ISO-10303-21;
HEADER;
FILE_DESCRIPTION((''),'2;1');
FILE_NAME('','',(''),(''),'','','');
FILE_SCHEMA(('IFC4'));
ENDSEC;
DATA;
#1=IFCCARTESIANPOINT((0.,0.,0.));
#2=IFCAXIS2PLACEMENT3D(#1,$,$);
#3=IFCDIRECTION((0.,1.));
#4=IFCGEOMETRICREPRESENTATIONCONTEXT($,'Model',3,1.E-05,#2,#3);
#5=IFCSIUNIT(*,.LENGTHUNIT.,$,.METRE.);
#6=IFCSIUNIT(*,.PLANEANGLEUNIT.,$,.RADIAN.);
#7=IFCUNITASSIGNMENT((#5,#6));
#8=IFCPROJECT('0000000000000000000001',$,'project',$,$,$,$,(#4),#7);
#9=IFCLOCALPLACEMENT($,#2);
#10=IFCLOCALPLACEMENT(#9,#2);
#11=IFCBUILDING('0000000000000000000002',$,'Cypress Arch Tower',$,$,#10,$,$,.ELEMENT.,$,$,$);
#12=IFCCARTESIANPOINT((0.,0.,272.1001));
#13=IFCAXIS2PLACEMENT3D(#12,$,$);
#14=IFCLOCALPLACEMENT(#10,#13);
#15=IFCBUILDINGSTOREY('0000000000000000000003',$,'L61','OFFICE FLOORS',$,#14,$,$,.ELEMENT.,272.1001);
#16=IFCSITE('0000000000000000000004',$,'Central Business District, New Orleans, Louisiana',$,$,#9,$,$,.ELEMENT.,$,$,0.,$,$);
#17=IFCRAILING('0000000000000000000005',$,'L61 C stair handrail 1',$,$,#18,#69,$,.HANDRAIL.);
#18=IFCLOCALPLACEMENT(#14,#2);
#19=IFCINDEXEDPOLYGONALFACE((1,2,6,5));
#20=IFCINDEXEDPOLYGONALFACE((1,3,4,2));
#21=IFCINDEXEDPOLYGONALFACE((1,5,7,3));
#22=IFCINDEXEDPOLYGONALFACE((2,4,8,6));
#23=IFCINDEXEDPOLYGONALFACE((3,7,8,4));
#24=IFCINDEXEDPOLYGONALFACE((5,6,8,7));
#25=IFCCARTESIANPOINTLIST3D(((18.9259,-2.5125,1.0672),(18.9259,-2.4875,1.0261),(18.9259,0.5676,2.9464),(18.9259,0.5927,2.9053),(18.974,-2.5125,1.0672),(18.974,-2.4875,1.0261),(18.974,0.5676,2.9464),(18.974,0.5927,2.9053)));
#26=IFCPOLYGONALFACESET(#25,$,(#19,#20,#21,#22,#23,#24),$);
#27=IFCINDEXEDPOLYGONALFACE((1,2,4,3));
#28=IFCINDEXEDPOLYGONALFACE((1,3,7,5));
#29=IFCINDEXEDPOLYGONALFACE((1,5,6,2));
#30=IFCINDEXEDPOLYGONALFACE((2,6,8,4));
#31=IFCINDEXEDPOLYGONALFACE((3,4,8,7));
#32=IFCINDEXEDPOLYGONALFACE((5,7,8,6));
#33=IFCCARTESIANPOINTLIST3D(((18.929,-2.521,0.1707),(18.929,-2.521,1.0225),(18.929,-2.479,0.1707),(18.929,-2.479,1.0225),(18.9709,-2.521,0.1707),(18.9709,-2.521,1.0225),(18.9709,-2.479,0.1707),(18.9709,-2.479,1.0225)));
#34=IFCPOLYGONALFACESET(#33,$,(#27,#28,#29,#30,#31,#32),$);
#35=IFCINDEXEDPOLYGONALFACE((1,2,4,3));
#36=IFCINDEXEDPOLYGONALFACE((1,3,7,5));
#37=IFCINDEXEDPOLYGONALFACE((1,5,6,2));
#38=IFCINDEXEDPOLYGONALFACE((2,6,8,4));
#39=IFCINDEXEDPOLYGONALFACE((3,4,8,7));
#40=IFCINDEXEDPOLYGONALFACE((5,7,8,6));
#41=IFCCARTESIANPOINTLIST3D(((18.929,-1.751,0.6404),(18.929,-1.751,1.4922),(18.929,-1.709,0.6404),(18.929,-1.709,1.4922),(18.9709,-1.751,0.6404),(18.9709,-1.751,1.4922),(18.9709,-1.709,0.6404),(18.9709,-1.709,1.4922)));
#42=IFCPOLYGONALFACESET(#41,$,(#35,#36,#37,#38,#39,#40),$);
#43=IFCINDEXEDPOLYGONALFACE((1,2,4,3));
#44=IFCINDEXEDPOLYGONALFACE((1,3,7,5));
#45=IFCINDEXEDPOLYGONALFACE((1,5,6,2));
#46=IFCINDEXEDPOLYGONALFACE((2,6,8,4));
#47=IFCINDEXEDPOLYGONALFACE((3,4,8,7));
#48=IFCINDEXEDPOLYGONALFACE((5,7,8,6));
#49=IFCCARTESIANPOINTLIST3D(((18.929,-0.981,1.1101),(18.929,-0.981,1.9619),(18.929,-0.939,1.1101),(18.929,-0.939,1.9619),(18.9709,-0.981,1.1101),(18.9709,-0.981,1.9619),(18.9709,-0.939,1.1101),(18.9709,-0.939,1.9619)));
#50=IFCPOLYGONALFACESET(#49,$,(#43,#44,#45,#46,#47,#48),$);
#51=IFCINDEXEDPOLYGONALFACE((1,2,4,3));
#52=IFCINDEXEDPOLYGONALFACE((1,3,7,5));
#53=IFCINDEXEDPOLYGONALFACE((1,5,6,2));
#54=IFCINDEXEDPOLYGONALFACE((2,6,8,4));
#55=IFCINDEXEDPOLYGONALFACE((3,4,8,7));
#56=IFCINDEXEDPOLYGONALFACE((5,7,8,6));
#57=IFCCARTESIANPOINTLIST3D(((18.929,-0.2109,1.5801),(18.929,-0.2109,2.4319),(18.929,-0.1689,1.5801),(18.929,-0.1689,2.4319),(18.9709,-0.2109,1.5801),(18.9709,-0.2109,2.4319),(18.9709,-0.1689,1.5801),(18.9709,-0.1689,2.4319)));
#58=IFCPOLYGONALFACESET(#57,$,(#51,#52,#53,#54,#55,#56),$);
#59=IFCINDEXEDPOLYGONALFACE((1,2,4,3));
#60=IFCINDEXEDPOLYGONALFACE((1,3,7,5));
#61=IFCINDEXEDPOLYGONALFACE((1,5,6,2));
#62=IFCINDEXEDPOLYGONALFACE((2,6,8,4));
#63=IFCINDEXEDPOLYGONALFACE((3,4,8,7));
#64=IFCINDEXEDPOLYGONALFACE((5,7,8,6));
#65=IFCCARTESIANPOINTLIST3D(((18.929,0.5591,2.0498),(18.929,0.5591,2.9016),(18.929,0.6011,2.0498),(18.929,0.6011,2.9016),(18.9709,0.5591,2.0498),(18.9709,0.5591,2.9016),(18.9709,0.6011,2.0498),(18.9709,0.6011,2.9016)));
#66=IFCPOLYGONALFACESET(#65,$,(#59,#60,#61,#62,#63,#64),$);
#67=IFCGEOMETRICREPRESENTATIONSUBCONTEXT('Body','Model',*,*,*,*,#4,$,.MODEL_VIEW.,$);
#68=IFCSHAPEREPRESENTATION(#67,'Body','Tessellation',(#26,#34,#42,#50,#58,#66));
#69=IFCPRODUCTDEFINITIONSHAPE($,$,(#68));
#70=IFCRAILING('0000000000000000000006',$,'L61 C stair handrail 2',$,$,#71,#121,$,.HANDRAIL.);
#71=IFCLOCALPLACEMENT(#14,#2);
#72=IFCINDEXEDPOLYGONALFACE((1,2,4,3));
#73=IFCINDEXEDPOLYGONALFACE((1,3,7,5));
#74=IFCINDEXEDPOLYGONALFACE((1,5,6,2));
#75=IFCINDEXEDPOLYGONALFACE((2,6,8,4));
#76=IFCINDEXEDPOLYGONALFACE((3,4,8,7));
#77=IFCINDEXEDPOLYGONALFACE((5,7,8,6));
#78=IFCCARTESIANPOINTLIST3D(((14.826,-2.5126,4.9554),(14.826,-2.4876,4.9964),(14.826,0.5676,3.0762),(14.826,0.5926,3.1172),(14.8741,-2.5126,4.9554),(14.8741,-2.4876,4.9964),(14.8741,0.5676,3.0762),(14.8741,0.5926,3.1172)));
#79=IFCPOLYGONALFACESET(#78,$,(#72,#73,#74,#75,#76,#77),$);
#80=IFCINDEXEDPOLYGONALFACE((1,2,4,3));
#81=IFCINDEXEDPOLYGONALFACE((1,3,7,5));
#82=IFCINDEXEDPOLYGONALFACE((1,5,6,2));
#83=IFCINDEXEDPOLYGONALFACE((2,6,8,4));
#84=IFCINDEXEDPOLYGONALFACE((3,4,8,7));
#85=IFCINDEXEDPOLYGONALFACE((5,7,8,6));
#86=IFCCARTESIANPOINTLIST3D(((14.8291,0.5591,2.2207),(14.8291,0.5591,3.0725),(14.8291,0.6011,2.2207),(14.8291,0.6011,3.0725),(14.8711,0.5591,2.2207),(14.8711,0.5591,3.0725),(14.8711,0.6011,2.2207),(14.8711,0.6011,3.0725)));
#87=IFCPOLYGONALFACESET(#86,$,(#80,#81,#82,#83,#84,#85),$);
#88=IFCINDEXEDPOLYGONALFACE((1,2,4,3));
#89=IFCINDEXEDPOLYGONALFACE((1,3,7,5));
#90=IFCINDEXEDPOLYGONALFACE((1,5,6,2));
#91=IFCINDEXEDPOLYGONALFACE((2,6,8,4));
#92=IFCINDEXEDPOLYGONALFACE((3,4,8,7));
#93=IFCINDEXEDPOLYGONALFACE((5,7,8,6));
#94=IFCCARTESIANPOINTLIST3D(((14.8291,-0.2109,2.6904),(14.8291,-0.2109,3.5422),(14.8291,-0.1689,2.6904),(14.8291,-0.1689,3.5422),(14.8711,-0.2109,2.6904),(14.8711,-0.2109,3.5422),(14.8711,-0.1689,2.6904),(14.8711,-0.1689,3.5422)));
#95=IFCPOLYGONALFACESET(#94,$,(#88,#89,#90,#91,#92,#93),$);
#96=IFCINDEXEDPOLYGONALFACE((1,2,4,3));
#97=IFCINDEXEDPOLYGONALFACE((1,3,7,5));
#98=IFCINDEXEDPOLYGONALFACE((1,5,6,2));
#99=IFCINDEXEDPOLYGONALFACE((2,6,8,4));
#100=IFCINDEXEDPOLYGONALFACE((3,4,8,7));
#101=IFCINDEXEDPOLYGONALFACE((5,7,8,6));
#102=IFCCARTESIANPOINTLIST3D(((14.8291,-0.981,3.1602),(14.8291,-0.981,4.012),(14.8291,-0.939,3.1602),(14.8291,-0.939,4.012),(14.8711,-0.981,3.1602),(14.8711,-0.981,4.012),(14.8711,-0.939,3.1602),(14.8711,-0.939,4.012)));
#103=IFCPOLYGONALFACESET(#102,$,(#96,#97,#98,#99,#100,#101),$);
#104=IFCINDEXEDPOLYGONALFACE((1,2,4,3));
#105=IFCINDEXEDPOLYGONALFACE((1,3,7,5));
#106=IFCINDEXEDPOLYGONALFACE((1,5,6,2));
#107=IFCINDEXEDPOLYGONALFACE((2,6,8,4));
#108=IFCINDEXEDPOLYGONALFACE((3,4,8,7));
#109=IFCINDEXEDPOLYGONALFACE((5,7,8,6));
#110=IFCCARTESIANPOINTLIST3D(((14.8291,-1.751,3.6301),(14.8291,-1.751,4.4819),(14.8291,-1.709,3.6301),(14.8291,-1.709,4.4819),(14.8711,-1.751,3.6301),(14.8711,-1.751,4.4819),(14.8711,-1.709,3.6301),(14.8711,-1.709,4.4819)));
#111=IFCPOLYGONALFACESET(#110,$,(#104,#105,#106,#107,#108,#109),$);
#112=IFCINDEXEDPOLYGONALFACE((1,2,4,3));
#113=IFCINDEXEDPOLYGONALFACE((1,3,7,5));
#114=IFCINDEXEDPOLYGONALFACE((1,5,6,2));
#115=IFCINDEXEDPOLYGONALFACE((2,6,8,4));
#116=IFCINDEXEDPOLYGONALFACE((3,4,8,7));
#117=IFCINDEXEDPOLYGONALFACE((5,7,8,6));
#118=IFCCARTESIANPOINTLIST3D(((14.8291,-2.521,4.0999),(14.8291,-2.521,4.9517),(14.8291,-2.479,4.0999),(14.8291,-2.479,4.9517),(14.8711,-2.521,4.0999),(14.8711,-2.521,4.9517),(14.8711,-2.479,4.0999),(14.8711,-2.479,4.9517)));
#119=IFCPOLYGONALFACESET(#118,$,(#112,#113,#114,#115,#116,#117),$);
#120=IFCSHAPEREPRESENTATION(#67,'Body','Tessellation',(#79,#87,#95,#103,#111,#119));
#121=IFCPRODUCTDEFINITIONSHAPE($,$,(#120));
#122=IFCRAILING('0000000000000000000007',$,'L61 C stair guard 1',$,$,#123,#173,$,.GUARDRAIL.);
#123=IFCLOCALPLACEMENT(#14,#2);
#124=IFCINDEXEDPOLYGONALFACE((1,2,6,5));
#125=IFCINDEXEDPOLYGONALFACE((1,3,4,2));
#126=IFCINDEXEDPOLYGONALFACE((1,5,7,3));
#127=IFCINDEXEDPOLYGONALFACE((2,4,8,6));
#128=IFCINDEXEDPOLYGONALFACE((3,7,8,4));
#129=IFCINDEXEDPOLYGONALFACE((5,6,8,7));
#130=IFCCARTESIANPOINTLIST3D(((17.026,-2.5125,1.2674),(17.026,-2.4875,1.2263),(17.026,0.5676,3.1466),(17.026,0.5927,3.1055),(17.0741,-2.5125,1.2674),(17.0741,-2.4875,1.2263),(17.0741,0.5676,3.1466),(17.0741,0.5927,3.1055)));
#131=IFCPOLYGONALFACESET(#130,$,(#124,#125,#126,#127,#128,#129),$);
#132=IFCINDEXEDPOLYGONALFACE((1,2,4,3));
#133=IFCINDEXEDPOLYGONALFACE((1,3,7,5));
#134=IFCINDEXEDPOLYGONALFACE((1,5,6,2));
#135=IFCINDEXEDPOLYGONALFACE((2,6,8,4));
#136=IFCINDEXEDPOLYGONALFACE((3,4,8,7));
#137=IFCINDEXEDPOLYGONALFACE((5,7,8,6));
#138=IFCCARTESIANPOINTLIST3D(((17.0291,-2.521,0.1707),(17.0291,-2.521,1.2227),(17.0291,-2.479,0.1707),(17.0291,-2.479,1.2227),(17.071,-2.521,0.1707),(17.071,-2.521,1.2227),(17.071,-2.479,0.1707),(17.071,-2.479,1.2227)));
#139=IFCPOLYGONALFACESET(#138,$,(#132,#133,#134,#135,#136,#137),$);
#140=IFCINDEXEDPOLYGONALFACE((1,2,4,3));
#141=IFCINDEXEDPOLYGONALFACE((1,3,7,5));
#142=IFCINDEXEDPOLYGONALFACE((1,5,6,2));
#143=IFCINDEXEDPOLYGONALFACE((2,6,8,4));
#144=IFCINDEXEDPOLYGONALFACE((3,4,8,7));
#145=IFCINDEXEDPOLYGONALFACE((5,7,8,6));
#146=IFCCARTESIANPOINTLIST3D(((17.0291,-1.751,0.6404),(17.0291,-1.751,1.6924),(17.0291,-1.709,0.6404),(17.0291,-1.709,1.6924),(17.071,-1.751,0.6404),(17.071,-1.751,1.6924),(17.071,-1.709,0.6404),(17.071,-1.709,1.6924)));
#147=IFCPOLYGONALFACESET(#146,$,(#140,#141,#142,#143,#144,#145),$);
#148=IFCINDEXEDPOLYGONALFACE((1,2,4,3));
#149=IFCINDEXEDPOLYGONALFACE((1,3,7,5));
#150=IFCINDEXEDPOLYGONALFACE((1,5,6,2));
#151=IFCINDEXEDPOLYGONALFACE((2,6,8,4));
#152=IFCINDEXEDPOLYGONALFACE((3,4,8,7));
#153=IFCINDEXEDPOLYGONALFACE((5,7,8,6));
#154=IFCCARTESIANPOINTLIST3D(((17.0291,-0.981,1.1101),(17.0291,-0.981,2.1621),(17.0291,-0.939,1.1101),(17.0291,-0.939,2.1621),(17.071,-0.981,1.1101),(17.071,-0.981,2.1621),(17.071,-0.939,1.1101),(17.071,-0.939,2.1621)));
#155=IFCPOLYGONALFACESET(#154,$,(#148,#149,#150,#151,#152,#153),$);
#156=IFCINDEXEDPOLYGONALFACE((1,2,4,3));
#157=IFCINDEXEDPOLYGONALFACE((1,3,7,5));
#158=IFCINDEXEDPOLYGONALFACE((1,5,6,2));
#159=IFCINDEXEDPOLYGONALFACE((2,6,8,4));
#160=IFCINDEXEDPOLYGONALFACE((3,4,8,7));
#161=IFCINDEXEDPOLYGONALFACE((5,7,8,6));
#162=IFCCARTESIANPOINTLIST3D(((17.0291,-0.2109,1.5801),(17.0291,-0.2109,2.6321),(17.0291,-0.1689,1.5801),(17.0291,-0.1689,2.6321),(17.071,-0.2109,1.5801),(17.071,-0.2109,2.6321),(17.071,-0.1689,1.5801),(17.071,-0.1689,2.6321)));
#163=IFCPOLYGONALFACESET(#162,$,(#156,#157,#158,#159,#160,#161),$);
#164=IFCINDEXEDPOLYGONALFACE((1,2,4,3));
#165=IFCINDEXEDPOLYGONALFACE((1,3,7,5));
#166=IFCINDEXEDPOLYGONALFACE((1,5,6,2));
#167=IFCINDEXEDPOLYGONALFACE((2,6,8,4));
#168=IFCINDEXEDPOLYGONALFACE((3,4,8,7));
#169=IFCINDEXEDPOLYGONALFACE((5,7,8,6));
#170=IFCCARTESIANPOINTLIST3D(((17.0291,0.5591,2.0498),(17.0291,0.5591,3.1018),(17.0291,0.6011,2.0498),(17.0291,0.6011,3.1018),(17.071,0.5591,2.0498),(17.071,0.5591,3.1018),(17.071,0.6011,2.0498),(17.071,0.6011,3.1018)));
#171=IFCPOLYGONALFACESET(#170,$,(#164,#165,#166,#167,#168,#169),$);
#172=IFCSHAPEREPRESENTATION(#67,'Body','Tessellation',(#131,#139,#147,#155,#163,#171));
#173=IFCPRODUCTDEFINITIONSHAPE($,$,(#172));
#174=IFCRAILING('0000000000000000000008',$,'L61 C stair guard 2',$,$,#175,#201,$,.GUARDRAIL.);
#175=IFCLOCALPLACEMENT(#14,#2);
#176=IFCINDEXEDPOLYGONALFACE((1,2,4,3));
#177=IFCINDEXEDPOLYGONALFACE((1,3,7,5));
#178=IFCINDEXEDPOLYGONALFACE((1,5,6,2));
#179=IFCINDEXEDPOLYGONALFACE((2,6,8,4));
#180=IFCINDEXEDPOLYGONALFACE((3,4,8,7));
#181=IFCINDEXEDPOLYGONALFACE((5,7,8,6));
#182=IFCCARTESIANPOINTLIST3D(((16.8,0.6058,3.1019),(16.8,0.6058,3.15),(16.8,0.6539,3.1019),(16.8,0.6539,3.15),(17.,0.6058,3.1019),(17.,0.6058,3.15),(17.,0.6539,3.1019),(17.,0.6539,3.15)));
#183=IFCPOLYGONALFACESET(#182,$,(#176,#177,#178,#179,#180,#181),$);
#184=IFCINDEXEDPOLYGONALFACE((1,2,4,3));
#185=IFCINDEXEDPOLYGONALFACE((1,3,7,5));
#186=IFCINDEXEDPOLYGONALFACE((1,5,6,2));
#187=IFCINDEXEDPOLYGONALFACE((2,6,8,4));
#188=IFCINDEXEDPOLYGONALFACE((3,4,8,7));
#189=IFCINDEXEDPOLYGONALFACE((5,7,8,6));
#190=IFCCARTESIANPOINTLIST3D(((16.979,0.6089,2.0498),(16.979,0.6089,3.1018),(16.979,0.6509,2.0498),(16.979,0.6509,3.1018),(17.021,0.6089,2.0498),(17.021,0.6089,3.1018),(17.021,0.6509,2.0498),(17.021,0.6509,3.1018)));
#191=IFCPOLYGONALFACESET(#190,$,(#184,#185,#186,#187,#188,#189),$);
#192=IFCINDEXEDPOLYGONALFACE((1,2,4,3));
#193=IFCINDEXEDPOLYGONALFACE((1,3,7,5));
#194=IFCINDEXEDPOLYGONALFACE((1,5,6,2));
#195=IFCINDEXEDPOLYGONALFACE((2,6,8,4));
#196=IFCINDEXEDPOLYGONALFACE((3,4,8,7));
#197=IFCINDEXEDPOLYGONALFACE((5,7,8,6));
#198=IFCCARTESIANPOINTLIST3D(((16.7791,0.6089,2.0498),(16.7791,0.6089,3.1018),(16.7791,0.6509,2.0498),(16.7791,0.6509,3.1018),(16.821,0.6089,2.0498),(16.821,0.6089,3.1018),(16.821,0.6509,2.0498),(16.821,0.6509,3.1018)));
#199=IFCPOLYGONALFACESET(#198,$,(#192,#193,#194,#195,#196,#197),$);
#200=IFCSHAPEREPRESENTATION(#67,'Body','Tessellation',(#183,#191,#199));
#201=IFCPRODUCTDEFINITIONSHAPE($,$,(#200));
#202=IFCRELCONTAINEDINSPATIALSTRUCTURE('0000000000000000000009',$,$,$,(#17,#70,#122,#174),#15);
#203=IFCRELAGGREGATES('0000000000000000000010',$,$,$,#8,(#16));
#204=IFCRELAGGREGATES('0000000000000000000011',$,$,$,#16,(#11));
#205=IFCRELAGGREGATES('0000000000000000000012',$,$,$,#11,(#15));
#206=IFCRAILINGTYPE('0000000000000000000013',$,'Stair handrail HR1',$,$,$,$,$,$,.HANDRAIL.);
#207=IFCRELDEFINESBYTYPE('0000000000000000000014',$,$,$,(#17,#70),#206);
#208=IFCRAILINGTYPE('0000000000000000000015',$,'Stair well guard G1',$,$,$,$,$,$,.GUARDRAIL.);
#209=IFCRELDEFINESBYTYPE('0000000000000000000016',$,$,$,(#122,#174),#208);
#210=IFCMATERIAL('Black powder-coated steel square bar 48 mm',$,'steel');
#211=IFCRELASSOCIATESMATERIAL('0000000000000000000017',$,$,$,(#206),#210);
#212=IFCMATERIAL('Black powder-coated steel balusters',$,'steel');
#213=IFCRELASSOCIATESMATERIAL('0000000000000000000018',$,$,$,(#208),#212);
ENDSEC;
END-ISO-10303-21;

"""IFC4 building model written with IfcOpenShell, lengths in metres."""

from ifc_helpers import new_model, si_unit, direction, frame, origin, origin_2d, place, context, subcontext, project, spatial, rectangle, extrude, material, type_object, element, save


model = new_model("IFC4")

# Units and contexts
model_context = context("Model", 3, precision=1e-05, world=origin(), true_north=direction((0.0, 1.0)))
body_context = subcontext(model_context, "Body", "Model", "MODEL_VIEW")
ifc_project = project(units=[si_unit("LENGTHUNIT", "METRE"), si_unit("PLANEANGLEUNIT", "RADIAN")], contexts=[model_context])

# Site, building, storey
site_placement = place(None, origin())
site = spatial("IfcSite", under=ifc_project, at=site_placement, Name="Central Business District, New Orleans, Louisiana", CompositionType="ELEMENT", RefElevation=0.0)
building_placement = place(site_placement, origin())
building = spatial("IfcBuilding", under=site, at=building_placement, Name="Cypress Arch Tower", CompositionType="ELEMENT")
storey_placement = place(building_placement, frame((0.0, 0.0, 272.1001)))
storey = spatial("IfcBuildingStorey", under=building, at=storey_placement, Name="L61", Description="OFFICE FLOORS", CompositionType="ELEMENT", Elevation=272.1001)

# Railings
ifc_material_1 = material(Name="Black powder-coated steel square bar 48 mm", Category="steel")
railing_type_1 = type_object("IfcRailingType", Name="Stair handrail HR1", PredefinedType="HANDRAIL", material=ifc_material_1)
railing_1_placement = place(storey_placement, frame((18.95, -2.5, 0.1707)))
element("IfcRailing", 1, at=railing_1_placement, inside=storey, type_object=railing_type_1, Name="L61 C stair handrail 1", PredefinedType="HANDRAIL", context=body_context, shape_type="SweptSolid", body=[
    extrude(rectangle(XDim=0.0481, YDim=0.0481, at=origin_2d()), frame((0.0, 0.0, 0.876), z_axis=(0.0, 0.853666, 0.52082), x_axis=(-1.0, 0.0, 0.0)), (0.0, 0.0, 1.0), 3.6082),
    extrude(rectangle(XDim=0.042, YDim=0.042, at=origin_2d()), origin(), (0.0, 0.0, 1.0), 0.8518),
    extrude(rectangle(XDim=0.042, YDim=0.042, at=origin_2d()), frame((0.0, 0.77, 0.4697)), (0.0, 0.0, 1.0), 0.8518),
    extrude(rectangle(XDim=0.042, YDim=0.042, at=origin_2d()), frame((0.0, 1.54, 0.9395)), (0.0, 0.0, 1.0), 0.8518),
    extrude(rectangle(XDim=0.042, YDim=0.042, at=origin_2d()), frame((0.0, 2.3101, 1.4094)), (0.0, 0.0, 1.0), 0.8518),
    extrude(rectangle(XDim=0.042, YDim=0.042, at=origin_2d()), frame((0.0, 3.0801, 1.8792)), (0.0, 0.0, 1.0), 0.8518),
])
railing_2_placement = place(storey_placement, frame((14.8501, 0.5801, 2.2207)))
element("IfcRailing", 2, at=railing_2_placement, inside=storey, type_object=railing_type_1, Name="L61 C stair handrail 2", PredefinedType="HANDRAIL", context=body_context, shape_type="SweptSolid", body=[
    extrude(rectangle(XDim=0.0481, YDim=0.0481, at=origin_2d()), frame((0.0, 0.0, 0.876), z_axis=(0.0, -0.853666, 0.52082), x_axis=(1.0, 0.0, 0.0)), (0.0, 0.0, 1.0), 3.6082),
    extrude(rectangle(XDim=0.042, YDim=0.042, at=origin_2d()), origin(), (0.0, 0.0, 1.0), 0.8518),
    extrude(rectangle(XDim=0.042, YDim=0.042, at=origin_2d()), frame((0.0, -0.77, 0.4697)), (0.0, 0.0, 1.0), 0.8518),
    extrude(rectangle(XDim=0.042, YDim=0.042, at=origin_2d()), frame((0.0, -1.54, 0.9395)), (0.0, 0.0, 1.0), 0.8518),
    extrude(rectangle(XDim=0.042, YDim=0.042, at=origin_2d()), frame((0.0, -2.3101, 1.4094)), (0.0, 0.0, 1.0), 0.8518),
    extrude(rectangle(XDim=0.042, YDim=0.042, at=origin_2d()), frame((0.0, -3.0801, 1.8792)), (0.0, 0.0, 1.0), 0.8518),
])
ifc_material_2 = material(Name="Black powder-coated steel balusters", Category="steel")
railing_type_2 = type_object("IfcRailingType", Name="Stair well guard G1", PredefinedType="GUARDRAIL", material=ifc_material_2)
railing_3_placement = place(storey_placement, frame((17.05, -2.5, 0.1707)))
element("IfcRailing", 3, at=railing_3_placement, inside=storey, type_object=railing_type_2, Name="L61 C stair guard 1", PredefinedType="GUARDRAIL", context=body_context, shape_type="SweptSolid", body=[
    extrude(rectangle(XDim=0.0481, YDim=0.0481, at=origin_2d()), frame((0.0, 0.0, 1.0762), z_axis=(0.0, 0.853666, 0.52082), x_axis=(-1.0, 0.0, 0.0)), (0.0, 0.0, 1.0), 3.6082),
    extrude(rectangle(XDim=0.042, YDim=0.042, at=origin_2d()), origin(), (0.0, 0.0, 1.0), 1.052),
    extrude(rectangle(XDim=0.042, YDim=0.042, at=origin_2d()), frame((0.0, 0.77, 0.4697)), (0.0, 0.0, 1.0), 1.052),
    extrude(rectangle(XDim=0.042, YDim=0.042, at=origin_2d()), frame((0.0, 1.54, 0.9395)), (0.0, 0.0, 1.0), 1.052),
    extrude(rectangle(XDim=0.042, YDim=0.042, at=origin_2d()), frame((0.0, 2.3101, 1.4094)), (0.0, 0.0, 1.0), 1.052),
    extrude(rectangle(XDim=0.042, YDim=0.042, at=origin_2d()), frame((0.0, 3.0801, 1.8792)), (0.0, 0.0, 1.0), 1.052),
])
railing_4_placement = place(storey_placement, frame((17.0, 0.6299, 2.0498)))
element("IfcRailing", 4, at=railing_4_placement, inside=storey, type_object=railing_type_2, Name="L61 C stair guard 2", PredefinedType="GUARDRAIL", context=body_context, shape_type="SweptSolid", body=[
    extrude(rectangle(XDim=0.0481, YDim=0.0481, at=origin_2d()), frame((0.0, 0.0, 1.0762), z_axis=(-1.0, 0.0, 0.0), x_axis=(0.0, -1.0, 0.0)), (0.0, 0.0, 1.0), 0.2),
    extrude(rectangle(XDim=0.042, YDim=0.042, at=origin_2d()), origin(), (0.0, 0.0, 1.0), 1.052),
    extrude(rectangle(XDim=0.042, YDim=0.042, at=origin_2d()), frame((-0.2, 0.0, 0.0)), (0.0, 0.0, 1.0), 1.052),
])

save(model, "model.ifc")
